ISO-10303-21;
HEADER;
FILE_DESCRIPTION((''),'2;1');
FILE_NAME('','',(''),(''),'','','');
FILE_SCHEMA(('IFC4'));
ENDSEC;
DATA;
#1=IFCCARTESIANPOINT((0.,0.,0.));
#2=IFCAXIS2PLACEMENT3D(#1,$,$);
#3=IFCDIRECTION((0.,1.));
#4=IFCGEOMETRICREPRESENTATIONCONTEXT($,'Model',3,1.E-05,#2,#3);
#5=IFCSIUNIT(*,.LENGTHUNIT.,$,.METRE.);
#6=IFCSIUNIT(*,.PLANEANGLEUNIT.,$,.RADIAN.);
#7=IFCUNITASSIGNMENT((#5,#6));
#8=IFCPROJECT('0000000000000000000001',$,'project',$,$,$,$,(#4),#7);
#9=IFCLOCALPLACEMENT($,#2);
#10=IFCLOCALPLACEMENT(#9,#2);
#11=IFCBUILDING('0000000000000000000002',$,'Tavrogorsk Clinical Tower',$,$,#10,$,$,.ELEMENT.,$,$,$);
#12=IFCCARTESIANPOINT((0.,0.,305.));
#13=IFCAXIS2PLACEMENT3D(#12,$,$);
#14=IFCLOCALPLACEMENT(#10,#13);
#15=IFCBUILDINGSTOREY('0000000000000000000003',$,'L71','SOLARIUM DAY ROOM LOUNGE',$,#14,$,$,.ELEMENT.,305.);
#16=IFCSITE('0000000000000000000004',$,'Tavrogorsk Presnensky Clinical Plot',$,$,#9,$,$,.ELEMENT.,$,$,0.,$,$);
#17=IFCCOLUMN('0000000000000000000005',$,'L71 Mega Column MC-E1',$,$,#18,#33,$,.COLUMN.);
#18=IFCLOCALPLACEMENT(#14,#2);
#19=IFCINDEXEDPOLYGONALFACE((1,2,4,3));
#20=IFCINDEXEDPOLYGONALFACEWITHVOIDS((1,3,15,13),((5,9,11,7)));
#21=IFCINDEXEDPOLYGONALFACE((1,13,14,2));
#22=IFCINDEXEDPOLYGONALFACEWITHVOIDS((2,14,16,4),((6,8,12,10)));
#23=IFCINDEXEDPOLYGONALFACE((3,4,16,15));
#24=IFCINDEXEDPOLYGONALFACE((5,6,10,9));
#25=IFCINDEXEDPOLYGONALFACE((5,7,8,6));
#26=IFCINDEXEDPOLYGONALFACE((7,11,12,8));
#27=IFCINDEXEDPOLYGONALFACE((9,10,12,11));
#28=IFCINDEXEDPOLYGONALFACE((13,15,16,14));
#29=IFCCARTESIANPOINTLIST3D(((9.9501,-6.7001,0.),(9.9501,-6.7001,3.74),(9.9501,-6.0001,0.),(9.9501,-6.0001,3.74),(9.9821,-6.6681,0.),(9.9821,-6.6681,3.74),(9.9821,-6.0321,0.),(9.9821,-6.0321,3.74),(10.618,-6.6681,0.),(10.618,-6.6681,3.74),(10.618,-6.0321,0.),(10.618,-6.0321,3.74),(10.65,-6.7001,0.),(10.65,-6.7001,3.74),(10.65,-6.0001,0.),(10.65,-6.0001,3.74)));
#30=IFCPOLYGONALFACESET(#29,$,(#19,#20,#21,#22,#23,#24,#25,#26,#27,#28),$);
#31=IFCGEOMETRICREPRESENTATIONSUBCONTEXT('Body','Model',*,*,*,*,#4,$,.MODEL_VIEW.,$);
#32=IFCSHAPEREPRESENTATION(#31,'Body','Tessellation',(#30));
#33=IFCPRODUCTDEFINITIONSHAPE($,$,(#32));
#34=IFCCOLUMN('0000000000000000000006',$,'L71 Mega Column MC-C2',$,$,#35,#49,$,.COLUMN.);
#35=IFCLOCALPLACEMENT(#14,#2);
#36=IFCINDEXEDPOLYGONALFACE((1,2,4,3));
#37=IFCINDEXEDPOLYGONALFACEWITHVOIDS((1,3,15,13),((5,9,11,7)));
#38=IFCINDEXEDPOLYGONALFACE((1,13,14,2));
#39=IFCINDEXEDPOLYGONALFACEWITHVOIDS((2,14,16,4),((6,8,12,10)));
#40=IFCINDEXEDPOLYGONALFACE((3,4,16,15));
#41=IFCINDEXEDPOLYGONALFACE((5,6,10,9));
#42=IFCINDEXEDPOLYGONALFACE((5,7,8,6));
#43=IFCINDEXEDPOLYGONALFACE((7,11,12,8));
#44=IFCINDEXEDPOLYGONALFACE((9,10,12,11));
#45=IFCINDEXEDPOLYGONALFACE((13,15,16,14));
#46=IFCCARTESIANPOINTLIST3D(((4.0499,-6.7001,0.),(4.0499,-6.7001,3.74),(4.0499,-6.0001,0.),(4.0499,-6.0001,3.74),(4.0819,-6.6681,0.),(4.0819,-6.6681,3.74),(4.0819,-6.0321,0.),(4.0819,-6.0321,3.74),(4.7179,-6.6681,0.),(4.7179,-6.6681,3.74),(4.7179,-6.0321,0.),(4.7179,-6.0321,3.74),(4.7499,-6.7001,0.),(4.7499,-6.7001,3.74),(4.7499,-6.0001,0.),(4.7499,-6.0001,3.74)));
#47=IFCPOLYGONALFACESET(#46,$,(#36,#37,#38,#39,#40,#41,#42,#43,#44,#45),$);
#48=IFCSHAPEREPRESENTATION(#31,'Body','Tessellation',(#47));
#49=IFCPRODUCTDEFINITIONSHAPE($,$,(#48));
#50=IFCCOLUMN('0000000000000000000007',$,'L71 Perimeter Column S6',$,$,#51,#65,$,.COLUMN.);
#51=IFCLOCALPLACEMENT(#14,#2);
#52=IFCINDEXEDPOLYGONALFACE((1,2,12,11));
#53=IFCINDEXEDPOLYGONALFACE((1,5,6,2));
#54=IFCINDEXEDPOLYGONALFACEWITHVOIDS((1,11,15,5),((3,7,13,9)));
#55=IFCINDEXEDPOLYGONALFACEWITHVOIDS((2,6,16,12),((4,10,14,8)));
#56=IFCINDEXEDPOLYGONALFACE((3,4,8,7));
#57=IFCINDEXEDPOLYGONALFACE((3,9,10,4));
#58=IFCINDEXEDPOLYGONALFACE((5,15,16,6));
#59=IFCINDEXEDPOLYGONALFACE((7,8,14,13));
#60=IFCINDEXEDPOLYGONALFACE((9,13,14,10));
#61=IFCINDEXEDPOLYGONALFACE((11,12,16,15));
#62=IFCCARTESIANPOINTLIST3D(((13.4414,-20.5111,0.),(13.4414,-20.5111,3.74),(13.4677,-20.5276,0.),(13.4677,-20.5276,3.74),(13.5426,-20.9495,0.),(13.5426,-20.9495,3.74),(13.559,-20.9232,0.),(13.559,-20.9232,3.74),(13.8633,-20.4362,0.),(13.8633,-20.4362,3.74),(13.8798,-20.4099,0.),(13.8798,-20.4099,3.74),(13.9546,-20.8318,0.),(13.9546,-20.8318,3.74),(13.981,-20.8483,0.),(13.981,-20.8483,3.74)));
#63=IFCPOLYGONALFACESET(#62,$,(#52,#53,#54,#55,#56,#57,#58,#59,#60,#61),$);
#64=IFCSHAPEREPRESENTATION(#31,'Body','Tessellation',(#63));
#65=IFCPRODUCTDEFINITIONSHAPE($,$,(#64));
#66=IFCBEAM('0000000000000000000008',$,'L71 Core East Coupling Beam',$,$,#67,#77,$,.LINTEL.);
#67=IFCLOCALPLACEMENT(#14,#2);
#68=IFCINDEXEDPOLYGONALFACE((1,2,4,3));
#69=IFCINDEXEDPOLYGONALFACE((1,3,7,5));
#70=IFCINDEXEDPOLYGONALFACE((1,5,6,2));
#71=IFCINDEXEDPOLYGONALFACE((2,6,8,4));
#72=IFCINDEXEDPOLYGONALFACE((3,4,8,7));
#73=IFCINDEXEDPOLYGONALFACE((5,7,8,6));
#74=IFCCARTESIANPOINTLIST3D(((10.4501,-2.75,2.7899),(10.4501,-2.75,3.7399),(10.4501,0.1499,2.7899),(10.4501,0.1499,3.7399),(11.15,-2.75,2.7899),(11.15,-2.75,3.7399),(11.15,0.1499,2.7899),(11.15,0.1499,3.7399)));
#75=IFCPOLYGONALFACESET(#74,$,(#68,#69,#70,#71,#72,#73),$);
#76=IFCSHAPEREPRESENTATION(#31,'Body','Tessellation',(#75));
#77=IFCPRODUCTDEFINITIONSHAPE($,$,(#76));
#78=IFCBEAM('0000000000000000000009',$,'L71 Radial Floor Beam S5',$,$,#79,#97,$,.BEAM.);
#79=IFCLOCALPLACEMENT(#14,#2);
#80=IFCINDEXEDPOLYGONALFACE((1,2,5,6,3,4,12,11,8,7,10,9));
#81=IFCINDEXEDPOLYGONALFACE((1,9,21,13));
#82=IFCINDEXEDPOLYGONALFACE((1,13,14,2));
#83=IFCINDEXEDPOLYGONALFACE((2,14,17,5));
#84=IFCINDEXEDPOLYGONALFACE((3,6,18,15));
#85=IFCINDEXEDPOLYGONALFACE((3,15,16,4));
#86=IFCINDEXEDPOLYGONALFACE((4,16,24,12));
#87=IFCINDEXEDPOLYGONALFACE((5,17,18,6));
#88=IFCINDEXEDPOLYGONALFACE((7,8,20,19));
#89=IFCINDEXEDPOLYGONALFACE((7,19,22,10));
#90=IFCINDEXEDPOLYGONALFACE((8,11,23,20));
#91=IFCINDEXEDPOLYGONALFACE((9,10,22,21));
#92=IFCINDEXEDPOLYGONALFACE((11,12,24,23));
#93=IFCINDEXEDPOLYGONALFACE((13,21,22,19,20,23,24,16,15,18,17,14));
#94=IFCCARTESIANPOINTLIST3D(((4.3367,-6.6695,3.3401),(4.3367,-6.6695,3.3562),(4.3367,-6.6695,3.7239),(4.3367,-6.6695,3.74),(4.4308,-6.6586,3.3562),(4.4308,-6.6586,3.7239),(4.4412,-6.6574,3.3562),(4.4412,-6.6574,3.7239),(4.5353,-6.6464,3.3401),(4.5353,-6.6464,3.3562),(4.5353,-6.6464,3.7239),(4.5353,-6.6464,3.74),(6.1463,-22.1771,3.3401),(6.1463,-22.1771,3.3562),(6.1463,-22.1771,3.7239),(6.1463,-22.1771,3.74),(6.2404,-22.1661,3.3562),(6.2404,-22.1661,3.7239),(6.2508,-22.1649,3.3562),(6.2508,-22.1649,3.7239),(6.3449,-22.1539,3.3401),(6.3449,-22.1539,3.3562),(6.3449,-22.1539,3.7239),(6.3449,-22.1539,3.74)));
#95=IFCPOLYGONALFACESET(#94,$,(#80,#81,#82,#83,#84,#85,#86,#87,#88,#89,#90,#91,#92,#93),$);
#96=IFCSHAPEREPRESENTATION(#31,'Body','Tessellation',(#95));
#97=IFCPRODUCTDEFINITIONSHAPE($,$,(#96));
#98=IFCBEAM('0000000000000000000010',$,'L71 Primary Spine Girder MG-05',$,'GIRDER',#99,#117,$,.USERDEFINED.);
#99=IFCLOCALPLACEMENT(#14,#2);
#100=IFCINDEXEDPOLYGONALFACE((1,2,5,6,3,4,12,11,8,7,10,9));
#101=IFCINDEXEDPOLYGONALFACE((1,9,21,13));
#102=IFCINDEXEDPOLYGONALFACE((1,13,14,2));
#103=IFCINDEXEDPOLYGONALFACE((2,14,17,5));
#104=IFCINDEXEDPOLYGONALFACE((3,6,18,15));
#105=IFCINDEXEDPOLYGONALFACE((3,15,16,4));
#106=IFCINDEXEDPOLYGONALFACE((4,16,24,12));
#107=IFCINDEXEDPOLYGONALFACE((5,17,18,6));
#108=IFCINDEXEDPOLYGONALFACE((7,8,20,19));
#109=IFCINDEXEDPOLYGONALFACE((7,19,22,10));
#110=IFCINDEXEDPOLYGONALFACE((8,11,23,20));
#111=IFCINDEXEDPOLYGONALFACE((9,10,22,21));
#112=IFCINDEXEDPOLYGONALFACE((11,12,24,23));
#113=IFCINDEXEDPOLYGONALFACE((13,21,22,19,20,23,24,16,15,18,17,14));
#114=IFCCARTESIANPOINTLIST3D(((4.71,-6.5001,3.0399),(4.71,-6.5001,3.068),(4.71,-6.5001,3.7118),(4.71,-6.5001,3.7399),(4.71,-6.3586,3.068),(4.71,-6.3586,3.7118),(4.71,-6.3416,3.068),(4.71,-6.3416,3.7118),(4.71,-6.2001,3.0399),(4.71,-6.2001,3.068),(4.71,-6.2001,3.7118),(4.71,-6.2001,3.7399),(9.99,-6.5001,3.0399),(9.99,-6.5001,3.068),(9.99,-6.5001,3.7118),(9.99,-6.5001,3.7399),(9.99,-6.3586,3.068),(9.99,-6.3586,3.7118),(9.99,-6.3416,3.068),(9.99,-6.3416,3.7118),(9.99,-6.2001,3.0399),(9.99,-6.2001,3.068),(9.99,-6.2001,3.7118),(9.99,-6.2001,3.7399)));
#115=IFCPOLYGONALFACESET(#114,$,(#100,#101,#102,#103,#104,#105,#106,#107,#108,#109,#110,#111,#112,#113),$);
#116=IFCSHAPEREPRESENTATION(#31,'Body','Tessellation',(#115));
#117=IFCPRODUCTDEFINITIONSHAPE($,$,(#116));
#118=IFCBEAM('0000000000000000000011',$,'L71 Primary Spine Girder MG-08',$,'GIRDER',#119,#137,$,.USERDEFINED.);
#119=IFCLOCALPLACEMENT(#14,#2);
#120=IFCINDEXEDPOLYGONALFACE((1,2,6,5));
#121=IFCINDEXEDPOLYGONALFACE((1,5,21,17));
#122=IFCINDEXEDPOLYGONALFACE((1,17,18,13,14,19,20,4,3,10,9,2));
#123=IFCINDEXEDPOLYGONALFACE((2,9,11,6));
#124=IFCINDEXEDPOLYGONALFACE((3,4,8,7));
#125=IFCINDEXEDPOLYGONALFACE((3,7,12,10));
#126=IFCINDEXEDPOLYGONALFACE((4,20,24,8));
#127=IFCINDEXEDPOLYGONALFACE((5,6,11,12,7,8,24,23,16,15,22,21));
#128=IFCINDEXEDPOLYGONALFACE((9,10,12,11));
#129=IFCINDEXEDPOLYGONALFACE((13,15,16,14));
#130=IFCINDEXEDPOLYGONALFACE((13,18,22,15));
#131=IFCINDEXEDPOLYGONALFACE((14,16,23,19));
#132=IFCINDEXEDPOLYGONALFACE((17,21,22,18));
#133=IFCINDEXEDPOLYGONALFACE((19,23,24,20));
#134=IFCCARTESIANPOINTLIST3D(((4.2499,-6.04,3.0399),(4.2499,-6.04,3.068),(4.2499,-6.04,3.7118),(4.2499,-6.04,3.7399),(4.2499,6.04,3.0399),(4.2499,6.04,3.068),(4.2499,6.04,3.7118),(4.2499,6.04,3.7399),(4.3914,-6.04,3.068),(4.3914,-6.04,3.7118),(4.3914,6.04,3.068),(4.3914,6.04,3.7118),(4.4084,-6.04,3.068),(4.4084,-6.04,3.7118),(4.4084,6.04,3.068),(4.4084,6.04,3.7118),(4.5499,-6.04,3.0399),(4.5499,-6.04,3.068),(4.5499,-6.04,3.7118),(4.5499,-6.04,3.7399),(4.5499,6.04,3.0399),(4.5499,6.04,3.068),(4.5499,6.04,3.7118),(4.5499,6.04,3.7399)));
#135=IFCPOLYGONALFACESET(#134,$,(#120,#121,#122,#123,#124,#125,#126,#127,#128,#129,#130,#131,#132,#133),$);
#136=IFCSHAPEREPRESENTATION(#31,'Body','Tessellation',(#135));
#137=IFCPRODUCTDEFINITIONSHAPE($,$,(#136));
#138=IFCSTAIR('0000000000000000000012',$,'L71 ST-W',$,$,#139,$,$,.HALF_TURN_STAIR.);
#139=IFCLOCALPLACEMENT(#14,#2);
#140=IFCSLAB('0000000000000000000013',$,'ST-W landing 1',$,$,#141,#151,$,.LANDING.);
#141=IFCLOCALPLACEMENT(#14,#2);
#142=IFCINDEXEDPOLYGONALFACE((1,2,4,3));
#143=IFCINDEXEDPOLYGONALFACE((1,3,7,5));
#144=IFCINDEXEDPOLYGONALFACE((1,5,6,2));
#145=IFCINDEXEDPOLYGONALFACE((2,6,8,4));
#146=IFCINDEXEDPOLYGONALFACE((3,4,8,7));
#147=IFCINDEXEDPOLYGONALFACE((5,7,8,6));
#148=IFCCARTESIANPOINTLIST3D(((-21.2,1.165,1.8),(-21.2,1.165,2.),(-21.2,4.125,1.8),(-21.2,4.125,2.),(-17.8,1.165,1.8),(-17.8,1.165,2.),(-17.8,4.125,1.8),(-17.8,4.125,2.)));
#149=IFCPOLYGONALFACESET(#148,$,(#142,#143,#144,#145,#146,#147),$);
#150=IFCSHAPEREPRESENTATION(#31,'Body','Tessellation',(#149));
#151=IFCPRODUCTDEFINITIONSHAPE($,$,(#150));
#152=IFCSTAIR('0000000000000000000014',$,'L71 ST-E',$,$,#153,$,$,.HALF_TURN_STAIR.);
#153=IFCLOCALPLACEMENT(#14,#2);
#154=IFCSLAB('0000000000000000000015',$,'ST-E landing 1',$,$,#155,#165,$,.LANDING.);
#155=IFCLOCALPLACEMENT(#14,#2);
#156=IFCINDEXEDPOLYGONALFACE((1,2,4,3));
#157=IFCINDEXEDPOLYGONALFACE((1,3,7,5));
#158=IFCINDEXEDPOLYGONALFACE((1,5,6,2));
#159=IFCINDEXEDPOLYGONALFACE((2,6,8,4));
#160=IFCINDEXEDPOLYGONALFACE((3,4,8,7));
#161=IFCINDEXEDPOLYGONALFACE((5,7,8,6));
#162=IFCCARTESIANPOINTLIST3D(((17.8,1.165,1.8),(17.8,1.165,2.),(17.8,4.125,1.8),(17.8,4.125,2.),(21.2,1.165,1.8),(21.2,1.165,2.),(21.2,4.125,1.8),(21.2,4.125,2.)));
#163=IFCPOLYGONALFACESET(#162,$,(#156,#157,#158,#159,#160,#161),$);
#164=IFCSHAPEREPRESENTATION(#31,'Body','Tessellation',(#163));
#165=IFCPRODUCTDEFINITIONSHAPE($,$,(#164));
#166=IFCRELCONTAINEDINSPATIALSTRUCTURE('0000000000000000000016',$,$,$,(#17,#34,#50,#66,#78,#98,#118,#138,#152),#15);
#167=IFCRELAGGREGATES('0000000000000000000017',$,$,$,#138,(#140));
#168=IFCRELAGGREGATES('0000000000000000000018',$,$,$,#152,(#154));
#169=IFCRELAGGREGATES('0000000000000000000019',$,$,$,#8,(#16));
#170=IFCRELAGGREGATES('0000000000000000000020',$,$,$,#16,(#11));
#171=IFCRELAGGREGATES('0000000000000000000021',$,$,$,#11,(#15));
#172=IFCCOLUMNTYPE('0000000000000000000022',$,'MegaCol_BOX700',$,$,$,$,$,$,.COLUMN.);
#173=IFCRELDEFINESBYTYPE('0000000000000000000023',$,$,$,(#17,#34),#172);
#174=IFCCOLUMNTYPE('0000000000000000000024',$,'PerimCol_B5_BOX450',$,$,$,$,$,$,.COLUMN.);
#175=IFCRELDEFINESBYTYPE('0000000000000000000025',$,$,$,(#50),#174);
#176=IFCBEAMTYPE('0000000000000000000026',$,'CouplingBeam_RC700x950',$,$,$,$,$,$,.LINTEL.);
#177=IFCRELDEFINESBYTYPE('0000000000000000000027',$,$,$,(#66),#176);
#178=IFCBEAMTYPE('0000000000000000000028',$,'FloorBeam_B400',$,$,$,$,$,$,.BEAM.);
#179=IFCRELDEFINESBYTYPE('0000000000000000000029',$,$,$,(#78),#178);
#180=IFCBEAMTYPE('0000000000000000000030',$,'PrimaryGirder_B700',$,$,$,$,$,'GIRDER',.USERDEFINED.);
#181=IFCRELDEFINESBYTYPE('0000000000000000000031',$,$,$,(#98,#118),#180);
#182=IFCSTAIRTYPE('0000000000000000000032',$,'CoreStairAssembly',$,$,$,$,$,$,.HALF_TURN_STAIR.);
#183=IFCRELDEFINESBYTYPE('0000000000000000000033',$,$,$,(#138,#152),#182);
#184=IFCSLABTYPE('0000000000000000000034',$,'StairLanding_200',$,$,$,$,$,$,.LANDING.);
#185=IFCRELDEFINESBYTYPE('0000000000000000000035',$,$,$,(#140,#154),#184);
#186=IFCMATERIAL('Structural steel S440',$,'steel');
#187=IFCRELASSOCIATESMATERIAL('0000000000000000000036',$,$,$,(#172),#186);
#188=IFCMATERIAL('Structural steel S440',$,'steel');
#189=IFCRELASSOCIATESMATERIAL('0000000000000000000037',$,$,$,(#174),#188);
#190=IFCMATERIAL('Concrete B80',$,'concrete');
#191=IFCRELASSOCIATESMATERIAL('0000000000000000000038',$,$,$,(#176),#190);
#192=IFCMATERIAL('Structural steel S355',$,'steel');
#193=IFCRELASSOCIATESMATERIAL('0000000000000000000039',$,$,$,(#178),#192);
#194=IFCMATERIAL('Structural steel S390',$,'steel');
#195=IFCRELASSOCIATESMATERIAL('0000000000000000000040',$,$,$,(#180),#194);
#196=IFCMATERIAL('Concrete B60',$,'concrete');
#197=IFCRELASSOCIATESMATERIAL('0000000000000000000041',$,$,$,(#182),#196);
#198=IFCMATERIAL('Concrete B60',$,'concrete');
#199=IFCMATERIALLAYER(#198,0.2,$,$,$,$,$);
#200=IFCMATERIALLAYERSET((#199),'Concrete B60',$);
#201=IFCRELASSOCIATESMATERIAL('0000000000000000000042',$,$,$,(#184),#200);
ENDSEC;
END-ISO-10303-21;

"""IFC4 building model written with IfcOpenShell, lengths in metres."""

from ifc_helpers import new_model, si_unit, direction, frame, origin, origin_2d, place, context, subcontext, project, spatial, polyline, rectangle, hollow_rectangle, i_section, outline, extrude, material, layer, layer_set, material_profile, profile_set, type_object, element, aggregate, save


model = new_model("IFC4")

# Units and contexts
model_context = context("Model", 3, precision=1e-05, world=origin(), true_north=direction((0.0, 1.0)))
body_context = subcontext(model_context, "Body", "Model", "MODEL_VIEW")
ifc_project = project(units=[si_unit("LENGTHUNIT", "METRE"), si_unit("PLANEANGLEUNIT", "RADIAN")], contexts=[model_context])

# Site, building, storey
site_placement = place(None, origin())
site = spatial("IfcSite", under=ifc_project, at=site_placement, Name="Tavrogorsk Presnensky Clinical Plot", CompositionType="ELEMENT", RefElevation=0.0)
building_placement = place(site_placement, origin())
building = spatial("IfcBuilding", under=site, at=building_placement, Name="Tavrogorsk Clinical Tower", CompositionType="ELEMENT")
storey_placement = place(building_placement, frame((0.0, 0.0, 305.0)))
storey = spatial("IfcBuildingStorey", under=building, at=storey_placement, Name="L71", Description="SOLARIUM DAY ROOM LOUNGE", CompositionType="ELEMENT", Elevation=305.0)

# Columns
ifc_material_1 = material(Name="Structural steel S440", Category="steel")
ifc_material_profile_1 = material_profile(ifc_material_1, hollow_rectangle(XDim=0.7, YDim=0.7, WallThickness=0.032, at=origin_2d()), Name="BOX-700x700x32")
ifc_profile_set_1 = profile_set([ifc_material_profile_1], Name="Structural steel S440")
column_type_1 = type_object("IfcColumnType", Name="MegaCol_BOX700", PredefinedType="COLUMN", material=ifc_profile_set_1)
for number, where, z_axis, x_axis, name in (
    (1, (10.3, -6.3501, 0.0), (0.0, 0.0, 1.0), (1.0, 0.0, 0.0), "L71 Mega Column MC-E1"),
    (2, (4.3999, -6.3501, 0.0), (0.0, 0.0, 1.0), (1.0, 0.0, 0.0), "L71 Mega Column MC-C2"),
):
    element("IfcColumn", number, at=place(storey_placement, frame(where, z_axis=z_axis, x_axis=x_axis)), inside=storey, type_object=column_type_1, Name=name, PredefinedType="COLUMN", context=body_context, shape_type="SweptSolid", body=[
        extrude(hollow_rectangle(XDim=0.7, YDim=0.7, WallThickness=0.032, at=origin_2d()), origin(), (0.0, 0.0, 1.0), 3.74),
    ])
ifc_material_2 = material(Name="Structural steel S440", Category="steel")
ifc_material_profile_2 = material_profile(ifc_material_2, hollow_rectangle(XDim=0.45, YDim=0.45, WallThickness=0.022, at=origin_2d()), Name="BOX-450x450x22")
ifc_profile_set_2 = profile_set([ifc_material_profile_2], Name="Structural steel S440")
column_type_2 = type_object("IfcColumnType", Name="PerimCol_B5_BOX450", PredefinedType="COLUMN", material=ifc_profile_set_2)
column_placement = place(storey_placement, frame((13.7112, -20.6797, 0.0), z_axis=(0.0, 0.0, 1.0), x_axis=(0.97437, 0.224951, 0.0)))
element("IfcColumn", 3, at=column_placement, inside=storey, type_object=column_type_2, Name="L71 Perimeter Column S6", PredefinedType="COLUMN", context=body_context, shape_type="SweptSolid", body=[
    extrude(hollow_rectangle(XDim=0.45, YDim=0.45, WallThickness=0.022, at=origin_2d()), origin(), (0.0, 0.0, 1.0), 3.74),
])

# Beams
ifc_material_3 = material(Name="Concrete B80", Category="concrete")
ifc_material_profile_3 = material_profile(ifc_material_3, rectangle(XDim=0.7, YDim=0.95, at=origin_2d()), Name="RC-CB-700x950")
ifc_profile_set_3 = profile_set([ifc_material_profile_3], Name="Concrete B80")
beam_type_1 = type_object("IfcBeamType", Name="CouplingBeam_RC700x950", PredefinedType="LINTEL", material=ifc_profile_set_3)
beam_1_placement = place(storey_placement, frame((10.8, -2.75, 3.2649), z_axis=(0.0, 1.0, 0.0), x_axis=(-1.0, 0.0, 0.0)))
element("IfcBeam", 4, at=beam_1_placement, inside=storey, type_object=beam_type_1, Name="L71 Core East Coupling Beam", PredefinedType="LINTEL", context=body_context, shape_type="SweptSolid", body=[
    extrude(rectangle(XDim=0.7, YDim=0.95, at=origin_2d()), origin(), (0.0, 0.0, 1.0), 2.8999),
])
ifc_material_4 = material(Name="Structural steel S355", Category="steel")
ifc_material_profile_4 = material_profile(ifc_material_4, i_section(OverallWidth=0.2, OverallDepth=0.3999, WebThickness=0.0105, FlangeThickness=0.0161, at=origin_2d()), Name="B-400x200x10.5x16")
ifc_profile_set_4 = profile_set([ifc_material_profile_4], Name="Structural steel S355")
beam_type_2 = type_object("IfcBeamType", Name="FloorBeam_B400", PredefinedType="BEAM", material=ifc_profile_set_4)
beam_2_placement = place(storey_placement, frame((4.436, -6.658, 3.54), z_axis=(0.115903, -0.993261, 0.0), x_axis=(0.993261, 0.115903, 0.0)))
element("IfcBeam", 5, at=beam_2_placement, inside=storey, type_object=beam_type_2, Name="L71 Radial Floor Beam S5", PredefinedType="BEAM", context=body_context, shape_type="SweptSolid", body=[
    extrude(i_section(OverallWidth=0.2, OverallDepth=0.3999, WebThickness=0.0105, FlangeThickness=0.0161, at=origin_2d()), origin(), (0.0, 0.0, 1.0), 15.6128),
])
ifc_material_5 = material(Name="Structural steel S390", Category="steel")
ifc_material_profile_5 = material_profile(ifc_material_5, i_section(OverallWidth=0.3, OverallDepth=0.7, WebThickness=0.0171, FlangeThickness=0.0281, at=origin_2d()), Name="B-700x300x17x28")
ifc_profile_set_5 = profile_set([ifc_material_profile_5], Name="Structural steel S390")
beam_type_3 = type_object("IfcBeamType", Name="PrimaryGirder_B700", ElementType="GIRDER", PredefinedType="USERDEFINED", material=ifc_profile_set_5)
beam_3_placement = place(storey_placement, frame((4.71, -6.3501, 3.3899), z_axis=(1.0, 0.0, 0.0), x_axis=(0.0, 1.0, 0.0)))
element("IfcBeam", 6, at=beam_3_placement, inside=storey, type_object=beam_type_3, Name="L71 Primary Spine Girder MG-05", ObjectType="GIRDER", PredefinedType="USERDEFINED", context=body_context, shape_type="SweptSolid", body=[
    extrude(i_section(OverallWidth=0.3, OverallDepth=0.7, WebThickness=0.0171, FlangeThickness=0.0281, at=origin_2d()), origin(), (0.0, 0.0, 1.0), 5.28),
])
beam_4_placement = place(storey_placement, frame((4.3999, -6.04, 3.3899), z_axis=(0.0, 1.0, 0.0), x_axis=(-1.0, 0.0, 0.0)))
element("IfcBeam", 7, at=beam_4_placement, inside=storey, type_object=beam_type_3, Name="L71 Primary Spine Girder MG-08", ObjectType="GIRDER", PredefinedType="USERDEFINED", context=body_context, shape_type="SweptSolid", body=[
    extrude(i_section(OverallWidth=0.3, OverallDepth=0.7, WebThickness=0.0171, FlangeThickness=0.0281, at=origin_2d()), origin(), (0.0, 0.0, 1.0), 12.0801),
])

# Stairs, slabs
ifc_material_6 = material(Name="Concrete B60", Category="concrete")
stair_type = type_object("IfcStairType", Name="CoreStairAssembly", PredefinedType="HALF_TURN_STAIR", material=ifc_material_6)
stair_1_placement = place(storey_placement, origin())
stair_1 = element("IfcStair", 8, at=stair_1_placement, inside=storey, type_object=stair_type, Name="L71 ST-W", PredefinedType="HALF_TURN_STAIR")
ifc_material_7 = material(Name="Concrete B60", Category="concrete")
ifc_layer_1 = layer(ifc_material_7, 0.2)
ifc_layer_set_1 = layer_set([ifc_layer_1], Name="Concrete B60")
slab_type_1 = type_object("IfcSlabType", Name="StairLanding_200", PredefinedType="LANDING", material=ifc_layer_set_1)
slab_1_placement = place(storey_placement, frame((0.0, 0.0, 1.8)))
slab_1 = element("IfcSlab", 9, at=slab_1_placement, type_object=slab_type_1, Name="ST-W landing 1", PredefinedType="LANDING", context=body_context, shape_type="SweptSolid", body=[
    extrude(outline(polyline([(-17.8, 1.165), (-17.8, 4.125), (-21.2, 4.125), (-21.2, 1.165), (-17.8, 1.165)])), origin(), (0.0, 0.0, 1.0), 0.2),
])
aggregate(stair_1, [slab_1])
stair_2_placement = place(storey_placement, origin())
stair_2 = element("IfcStair", 10, at=stair_2_placement, inside=storey, type_object=stair_type, Name="L71 ST-E", PredefinedType="HALF_TURN_STAIR")
slab_2_placement = place(storey_placement, frame((0.0, 0.0, 1.8)))
slab_2 = element("IfcSlab", 11, at=slab_2_placement, type_object=slab_type_1, Name="ST-E landing 1", PredefinedType="LANDING", context=body_context, shape_type="SweptSolid", body=[
    extrude(outline(polyline([(21.2, 1.165), (21.2, 4.125), (17.8, 4.125), (17.8, 1.165), (21.2, 1.165)])), origin(), (0.0, 0.0, 1.0), 0.2),
])
aggregate(stair_2, [slab_2])

save(model, "model.ifc")
